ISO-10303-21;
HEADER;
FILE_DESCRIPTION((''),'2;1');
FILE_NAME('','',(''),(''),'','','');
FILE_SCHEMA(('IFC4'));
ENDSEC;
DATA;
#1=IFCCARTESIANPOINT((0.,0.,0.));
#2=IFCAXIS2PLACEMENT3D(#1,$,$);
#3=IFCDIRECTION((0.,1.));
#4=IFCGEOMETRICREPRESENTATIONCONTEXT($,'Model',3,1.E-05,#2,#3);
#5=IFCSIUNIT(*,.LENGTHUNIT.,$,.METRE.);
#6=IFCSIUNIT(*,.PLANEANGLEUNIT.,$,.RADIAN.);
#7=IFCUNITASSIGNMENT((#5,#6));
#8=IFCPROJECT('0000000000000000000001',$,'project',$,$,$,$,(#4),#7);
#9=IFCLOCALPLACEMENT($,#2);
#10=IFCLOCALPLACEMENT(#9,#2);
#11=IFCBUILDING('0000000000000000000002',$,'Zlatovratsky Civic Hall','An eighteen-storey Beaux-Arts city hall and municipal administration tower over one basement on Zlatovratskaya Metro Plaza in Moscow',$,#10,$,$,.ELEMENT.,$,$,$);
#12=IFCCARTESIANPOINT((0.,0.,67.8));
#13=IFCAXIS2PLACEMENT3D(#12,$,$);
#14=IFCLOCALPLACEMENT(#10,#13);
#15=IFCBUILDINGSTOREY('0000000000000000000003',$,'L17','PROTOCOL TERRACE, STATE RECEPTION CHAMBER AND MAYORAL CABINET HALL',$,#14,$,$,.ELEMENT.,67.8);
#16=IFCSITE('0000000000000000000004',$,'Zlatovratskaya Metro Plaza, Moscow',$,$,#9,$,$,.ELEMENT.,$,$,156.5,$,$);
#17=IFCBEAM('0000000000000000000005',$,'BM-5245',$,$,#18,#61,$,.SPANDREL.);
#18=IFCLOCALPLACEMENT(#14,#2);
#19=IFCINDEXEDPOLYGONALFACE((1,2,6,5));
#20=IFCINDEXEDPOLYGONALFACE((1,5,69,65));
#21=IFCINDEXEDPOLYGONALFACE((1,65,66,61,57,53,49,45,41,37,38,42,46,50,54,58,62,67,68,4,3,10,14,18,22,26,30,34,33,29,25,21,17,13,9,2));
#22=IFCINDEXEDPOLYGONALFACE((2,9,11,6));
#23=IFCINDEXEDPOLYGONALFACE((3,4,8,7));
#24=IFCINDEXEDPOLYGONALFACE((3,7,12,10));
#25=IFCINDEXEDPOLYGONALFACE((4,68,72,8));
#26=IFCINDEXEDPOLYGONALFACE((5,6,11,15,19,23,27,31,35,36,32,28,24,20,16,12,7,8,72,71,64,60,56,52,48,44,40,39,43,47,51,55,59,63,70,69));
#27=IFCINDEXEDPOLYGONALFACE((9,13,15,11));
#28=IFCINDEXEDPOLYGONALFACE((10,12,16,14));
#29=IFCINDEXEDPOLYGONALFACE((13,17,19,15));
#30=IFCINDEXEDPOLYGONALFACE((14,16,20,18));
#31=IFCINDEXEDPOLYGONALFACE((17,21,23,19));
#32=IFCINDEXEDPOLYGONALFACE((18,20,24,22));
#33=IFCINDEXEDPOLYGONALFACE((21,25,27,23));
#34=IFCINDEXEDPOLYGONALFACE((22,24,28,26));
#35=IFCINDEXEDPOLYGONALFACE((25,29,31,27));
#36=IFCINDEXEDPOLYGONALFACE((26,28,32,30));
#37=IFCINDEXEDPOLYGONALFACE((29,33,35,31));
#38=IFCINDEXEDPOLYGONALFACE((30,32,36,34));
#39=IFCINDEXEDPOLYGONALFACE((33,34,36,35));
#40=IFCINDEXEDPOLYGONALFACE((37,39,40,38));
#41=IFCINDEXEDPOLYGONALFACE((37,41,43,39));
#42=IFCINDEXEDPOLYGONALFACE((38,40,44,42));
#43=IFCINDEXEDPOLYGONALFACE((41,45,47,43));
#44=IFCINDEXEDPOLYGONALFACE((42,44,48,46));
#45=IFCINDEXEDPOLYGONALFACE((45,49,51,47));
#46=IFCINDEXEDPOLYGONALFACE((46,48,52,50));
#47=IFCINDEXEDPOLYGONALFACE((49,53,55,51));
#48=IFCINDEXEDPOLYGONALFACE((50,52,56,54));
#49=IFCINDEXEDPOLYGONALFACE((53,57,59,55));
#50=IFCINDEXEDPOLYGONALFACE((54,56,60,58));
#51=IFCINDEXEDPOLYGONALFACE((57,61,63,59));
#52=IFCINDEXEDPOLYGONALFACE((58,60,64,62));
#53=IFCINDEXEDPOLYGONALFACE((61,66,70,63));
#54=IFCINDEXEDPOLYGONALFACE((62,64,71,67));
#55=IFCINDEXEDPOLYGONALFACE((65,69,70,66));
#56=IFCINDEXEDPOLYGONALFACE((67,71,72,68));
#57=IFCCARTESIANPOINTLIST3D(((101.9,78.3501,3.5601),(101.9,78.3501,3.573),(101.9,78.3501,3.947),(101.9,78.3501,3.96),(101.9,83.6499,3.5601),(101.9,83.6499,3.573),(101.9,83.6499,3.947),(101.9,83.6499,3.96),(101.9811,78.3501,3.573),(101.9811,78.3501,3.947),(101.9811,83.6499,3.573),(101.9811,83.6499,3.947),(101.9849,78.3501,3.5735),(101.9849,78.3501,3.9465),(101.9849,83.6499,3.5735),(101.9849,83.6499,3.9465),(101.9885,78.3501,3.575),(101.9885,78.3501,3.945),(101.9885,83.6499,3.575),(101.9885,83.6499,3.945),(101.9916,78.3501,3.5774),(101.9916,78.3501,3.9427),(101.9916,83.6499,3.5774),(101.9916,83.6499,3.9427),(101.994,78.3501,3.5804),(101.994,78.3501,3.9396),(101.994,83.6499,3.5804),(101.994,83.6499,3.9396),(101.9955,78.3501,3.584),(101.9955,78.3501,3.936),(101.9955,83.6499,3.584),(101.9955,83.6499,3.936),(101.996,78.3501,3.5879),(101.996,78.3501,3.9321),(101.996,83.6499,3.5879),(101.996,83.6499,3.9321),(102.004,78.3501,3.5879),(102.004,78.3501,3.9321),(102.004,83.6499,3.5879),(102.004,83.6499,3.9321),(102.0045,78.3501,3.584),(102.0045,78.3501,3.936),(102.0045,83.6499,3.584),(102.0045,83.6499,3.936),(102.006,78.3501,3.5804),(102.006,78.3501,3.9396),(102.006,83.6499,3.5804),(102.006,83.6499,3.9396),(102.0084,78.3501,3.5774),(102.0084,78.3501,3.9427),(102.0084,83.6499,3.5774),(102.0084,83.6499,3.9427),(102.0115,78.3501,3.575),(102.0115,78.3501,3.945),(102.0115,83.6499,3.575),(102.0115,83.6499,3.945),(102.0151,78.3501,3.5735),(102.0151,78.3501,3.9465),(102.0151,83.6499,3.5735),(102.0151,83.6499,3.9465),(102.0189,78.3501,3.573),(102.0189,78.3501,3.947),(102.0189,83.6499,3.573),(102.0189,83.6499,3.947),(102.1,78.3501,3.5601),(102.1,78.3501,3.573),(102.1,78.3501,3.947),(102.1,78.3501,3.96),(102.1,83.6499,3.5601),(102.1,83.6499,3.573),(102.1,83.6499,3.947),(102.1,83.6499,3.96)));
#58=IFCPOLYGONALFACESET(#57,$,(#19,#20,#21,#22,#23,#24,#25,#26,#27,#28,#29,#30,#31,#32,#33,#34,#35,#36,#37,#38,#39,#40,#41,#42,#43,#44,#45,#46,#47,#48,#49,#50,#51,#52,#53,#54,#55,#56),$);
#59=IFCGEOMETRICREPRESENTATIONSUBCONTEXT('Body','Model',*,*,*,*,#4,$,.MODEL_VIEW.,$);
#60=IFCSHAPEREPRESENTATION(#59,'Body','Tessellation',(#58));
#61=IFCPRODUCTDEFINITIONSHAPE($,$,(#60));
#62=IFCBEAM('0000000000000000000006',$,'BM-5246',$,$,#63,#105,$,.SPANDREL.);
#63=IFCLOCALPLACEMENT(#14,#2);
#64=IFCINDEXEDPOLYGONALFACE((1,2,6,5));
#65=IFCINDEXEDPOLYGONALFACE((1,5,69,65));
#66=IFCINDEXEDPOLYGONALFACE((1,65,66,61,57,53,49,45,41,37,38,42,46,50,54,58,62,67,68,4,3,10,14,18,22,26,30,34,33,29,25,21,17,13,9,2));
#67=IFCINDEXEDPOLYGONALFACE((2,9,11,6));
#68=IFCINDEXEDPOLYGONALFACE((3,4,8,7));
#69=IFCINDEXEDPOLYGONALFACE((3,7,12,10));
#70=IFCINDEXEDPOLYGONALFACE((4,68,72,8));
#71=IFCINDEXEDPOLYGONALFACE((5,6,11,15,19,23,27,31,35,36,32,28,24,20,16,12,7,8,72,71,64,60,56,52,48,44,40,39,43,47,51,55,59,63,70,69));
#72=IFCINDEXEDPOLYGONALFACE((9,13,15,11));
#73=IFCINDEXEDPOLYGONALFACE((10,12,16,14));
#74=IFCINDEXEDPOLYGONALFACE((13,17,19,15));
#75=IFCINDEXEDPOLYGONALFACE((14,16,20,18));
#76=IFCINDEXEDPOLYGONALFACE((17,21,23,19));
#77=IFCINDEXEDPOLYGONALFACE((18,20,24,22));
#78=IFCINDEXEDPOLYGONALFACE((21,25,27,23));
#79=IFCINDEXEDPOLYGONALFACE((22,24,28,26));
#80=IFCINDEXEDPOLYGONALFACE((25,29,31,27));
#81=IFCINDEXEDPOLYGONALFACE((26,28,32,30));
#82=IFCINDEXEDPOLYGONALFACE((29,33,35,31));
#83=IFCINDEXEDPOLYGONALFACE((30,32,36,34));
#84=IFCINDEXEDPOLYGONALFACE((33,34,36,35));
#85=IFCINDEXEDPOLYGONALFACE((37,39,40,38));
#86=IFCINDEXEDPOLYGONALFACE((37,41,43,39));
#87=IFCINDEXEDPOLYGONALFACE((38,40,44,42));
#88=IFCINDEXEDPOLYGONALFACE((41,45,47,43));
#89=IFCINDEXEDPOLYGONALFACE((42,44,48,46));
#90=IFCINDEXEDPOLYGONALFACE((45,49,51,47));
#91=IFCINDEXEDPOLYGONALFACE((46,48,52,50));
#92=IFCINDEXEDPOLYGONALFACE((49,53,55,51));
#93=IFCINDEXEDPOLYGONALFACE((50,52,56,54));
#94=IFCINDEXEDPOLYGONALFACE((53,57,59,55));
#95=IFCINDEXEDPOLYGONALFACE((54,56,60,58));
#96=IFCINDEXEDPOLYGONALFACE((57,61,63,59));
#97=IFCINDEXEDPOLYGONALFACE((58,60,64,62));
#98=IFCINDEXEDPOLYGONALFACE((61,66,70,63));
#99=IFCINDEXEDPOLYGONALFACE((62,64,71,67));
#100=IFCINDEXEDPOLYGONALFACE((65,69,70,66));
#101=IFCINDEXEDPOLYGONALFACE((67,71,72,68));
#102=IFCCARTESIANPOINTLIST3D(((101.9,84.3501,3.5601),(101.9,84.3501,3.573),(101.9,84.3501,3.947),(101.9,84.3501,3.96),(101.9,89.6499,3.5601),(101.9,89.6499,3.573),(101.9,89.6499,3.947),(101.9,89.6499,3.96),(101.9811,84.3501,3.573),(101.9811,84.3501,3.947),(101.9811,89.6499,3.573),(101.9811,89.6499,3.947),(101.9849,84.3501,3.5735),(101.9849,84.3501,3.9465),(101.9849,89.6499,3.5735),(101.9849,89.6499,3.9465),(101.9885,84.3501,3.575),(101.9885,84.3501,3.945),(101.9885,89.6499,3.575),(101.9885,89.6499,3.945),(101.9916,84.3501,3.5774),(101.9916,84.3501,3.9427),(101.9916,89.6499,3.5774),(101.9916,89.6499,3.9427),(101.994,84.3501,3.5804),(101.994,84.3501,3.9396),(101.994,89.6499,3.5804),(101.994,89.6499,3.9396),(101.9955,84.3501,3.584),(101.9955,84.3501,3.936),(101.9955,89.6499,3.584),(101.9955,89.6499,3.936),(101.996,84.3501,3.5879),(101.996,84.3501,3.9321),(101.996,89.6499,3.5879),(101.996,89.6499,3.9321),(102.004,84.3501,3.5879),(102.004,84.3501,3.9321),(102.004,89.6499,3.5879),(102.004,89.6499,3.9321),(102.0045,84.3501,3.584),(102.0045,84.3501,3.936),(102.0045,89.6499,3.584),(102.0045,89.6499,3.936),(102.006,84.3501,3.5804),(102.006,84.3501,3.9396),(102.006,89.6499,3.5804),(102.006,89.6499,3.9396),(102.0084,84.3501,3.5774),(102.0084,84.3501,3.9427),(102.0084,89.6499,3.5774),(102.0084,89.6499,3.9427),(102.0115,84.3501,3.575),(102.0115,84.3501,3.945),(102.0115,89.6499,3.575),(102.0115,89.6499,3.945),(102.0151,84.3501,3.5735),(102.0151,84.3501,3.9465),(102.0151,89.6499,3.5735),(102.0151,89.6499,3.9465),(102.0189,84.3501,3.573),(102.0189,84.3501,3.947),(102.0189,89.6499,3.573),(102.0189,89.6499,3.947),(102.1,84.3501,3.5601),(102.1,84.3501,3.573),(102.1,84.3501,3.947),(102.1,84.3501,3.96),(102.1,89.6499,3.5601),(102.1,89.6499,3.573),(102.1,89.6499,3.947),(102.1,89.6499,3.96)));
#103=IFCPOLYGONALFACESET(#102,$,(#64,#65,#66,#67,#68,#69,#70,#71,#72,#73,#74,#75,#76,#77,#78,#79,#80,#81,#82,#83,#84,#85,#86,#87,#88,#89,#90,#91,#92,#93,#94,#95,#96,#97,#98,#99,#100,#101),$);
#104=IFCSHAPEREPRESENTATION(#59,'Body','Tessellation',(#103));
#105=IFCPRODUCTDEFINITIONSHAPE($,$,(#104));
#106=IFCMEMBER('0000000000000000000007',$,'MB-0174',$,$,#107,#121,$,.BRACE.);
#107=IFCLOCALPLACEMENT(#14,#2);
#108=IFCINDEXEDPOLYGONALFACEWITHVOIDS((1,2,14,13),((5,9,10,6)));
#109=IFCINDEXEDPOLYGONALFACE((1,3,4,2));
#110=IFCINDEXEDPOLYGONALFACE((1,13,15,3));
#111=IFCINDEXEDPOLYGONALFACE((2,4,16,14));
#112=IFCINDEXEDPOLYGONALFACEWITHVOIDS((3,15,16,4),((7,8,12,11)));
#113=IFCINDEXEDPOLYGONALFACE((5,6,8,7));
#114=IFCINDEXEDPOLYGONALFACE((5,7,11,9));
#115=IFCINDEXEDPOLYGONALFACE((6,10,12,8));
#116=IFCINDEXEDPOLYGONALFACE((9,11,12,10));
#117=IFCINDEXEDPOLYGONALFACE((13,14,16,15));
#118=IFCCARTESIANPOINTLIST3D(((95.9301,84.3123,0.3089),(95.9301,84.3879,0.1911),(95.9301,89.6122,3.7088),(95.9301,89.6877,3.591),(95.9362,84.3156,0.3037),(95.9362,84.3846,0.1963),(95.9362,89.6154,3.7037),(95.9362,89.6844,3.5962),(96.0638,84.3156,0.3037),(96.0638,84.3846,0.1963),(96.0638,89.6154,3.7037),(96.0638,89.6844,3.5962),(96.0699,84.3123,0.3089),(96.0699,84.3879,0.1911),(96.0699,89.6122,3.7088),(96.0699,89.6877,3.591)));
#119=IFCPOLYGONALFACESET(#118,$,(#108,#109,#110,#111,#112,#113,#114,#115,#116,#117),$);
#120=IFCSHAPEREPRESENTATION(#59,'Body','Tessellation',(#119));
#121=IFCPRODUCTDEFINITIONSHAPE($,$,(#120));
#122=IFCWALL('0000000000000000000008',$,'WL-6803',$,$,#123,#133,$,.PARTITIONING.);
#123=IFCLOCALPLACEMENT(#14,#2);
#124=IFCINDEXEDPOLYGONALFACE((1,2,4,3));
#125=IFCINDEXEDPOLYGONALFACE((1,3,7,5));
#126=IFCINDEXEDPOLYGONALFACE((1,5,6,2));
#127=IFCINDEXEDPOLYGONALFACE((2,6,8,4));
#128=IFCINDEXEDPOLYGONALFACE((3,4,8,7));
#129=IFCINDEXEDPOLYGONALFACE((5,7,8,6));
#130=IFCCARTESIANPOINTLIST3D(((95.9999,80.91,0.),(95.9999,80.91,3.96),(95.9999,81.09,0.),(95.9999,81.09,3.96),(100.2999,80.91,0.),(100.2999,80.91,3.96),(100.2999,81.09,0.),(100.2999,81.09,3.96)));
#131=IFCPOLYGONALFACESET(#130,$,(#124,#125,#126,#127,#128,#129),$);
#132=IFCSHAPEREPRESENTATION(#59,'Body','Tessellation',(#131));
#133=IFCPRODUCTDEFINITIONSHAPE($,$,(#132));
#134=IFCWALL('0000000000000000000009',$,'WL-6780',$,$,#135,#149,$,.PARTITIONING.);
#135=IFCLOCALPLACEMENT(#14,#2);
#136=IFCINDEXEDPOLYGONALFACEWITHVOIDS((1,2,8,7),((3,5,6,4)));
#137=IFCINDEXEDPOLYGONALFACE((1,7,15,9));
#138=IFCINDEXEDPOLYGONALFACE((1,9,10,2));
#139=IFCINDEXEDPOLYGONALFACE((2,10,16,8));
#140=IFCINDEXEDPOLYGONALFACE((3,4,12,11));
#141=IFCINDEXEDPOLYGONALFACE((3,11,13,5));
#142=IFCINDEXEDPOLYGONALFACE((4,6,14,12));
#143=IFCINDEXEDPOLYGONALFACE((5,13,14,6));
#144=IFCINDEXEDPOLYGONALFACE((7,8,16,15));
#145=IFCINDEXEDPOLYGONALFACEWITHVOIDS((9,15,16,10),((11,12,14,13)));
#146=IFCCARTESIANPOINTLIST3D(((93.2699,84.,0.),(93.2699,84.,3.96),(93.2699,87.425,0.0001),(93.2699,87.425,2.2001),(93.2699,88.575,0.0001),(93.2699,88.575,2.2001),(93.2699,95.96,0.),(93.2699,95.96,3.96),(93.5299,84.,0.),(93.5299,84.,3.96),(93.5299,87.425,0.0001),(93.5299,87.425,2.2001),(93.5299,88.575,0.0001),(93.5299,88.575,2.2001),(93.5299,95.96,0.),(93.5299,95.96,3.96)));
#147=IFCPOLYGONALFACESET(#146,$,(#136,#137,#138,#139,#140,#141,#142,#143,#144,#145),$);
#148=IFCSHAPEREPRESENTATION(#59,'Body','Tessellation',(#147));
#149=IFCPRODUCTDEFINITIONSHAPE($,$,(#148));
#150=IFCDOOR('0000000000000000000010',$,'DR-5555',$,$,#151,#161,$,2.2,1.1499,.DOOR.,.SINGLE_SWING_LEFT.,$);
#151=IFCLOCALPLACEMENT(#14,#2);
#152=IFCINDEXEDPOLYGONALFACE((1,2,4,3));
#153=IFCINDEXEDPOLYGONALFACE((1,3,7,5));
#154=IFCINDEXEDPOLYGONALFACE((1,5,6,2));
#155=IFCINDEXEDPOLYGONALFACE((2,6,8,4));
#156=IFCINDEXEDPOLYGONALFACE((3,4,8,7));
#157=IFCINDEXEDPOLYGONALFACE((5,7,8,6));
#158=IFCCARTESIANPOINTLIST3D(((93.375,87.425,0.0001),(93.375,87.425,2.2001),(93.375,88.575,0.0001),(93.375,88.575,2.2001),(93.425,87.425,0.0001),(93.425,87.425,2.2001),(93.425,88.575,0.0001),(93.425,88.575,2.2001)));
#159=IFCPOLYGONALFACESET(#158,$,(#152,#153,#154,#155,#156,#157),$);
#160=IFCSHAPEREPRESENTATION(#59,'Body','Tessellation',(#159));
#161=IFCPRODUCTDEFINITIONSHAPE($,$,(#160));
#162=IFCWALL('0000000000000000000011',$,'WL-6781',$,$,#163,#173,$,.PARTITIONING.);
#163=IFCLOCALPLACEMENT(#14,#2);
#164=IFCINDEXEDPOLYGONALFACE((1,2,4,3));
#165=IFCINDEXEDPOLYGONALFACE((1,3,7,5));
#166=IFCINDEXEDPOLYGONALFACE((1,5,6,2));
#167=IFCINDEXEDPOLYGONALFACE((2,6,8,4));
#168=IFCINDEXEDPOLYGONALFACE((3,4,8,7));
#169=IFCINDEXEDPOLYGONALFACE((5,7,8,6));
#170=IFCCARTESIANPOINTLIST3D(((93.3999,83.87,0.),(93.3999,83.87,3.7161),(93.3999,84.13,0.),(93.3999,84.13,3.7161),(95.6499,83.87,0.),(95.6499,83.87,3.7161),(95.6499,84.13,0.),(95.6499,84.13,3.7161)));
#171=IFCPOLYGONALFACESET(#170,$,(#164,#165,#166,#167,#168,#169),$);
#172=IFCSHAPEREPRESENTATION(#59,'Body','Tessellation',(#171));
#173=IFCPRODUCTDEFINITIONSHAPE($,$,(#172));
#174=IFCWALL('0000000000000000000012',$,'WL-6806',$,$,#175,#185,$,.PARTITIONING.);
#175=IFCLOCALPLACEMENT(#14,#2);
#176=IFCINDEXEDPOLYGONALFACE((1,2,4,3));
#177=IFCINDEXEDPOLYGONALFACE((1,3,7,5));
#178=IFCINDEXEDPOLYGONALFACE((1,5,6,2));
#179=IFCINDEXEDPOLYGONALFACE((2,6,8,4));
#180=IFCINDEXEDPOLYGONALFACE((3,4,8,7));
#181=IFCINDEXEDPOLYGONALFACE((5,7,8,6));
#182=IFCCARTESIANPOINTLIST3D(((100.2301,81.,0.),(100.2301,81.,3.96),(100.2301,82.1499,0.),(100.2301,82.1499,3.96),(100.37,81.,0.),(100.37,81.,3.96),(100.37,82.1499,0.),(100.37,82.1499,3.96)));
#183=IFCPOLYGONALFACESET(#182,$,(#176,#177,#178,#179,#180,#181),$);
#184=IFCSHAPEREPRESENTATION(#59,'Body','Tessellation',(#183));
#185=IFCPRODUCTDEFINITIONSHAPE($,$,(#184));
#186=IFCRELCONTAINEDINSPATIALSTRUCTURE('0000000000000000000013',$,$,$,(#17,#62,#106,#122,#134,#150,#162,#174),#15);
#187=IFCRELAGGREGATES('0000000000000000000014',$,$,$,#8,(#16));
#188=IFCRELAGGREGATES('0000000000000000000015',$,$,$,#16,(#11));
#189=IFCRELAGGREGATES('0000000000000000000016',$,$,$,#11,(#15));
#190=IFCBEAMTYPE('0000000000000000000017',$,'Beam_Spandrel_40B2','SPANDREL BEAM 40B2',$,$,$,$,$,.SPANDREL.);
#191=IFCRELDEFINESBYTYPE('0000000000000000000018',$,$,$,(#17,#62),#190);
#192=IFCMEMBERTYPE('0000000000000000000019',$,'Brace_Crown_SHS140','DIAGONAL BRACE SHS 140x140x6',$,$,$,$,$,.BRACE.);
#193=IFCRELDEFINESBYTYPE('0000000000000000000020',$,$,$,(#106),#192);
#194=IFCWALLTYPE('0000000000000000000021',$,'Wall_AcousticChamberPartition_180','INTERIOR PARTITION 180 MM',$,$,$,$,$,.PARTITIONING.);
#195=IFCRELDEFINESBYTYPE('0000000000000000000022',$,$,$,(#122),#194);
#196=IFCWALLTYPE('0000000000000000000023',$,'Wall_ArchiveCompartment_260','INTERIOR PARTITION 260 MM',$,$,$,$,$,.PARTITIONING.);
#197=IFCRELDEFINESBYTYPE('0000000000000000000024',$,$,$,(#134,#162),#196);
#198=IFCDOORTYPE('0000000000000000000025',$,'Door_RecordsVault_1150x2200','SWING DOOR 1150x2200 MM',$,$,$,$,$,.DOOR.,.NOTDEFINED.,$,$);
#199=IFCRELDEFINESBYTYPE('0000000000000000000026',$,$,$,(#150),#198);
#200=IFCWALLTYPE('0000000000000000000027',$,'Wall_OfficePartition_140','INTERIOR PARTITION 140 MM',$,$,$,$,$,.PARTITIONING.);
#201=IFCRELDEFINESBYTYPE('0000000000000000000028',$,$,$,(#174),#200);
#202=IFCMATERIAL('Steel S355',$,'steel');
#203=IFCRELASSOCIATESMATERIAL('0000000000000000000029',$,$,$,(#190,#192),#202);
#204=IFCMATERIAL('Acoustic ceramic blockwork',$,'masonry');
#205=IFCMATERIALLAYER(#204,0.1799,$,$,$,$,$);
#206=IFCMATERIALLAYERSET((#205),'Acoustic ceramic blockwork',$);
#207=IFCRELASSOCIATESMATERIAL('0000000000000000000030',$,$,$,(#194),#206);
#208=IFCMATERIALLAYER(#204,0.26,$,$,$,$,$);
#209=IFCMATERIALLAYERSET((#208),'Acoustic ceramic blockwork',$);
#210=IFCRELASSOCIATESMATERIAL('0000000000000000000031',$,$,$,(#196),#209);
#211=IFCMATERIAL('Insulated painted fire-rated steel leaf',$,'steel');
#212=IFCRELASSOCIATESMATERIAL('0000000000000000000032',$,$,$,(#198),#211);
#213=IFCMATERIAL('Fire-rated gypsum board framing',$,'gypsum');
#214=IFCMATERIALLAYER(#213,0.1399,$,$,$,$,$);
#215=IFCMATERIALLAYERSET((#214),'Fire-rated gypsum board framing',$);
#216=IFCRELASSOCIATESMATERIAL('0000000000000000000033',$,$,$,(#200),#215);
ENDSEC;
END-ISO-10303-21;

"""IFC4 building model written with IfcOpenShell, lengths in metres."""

from ifc_helpers import new_model, si_unit, direction, frame, frame_2d, origin, origin_2d, place, context, subcontext, project, spatial, rectangle, hollow_rectangle, i_section, extrude, material, layer, layer_set, material_profile, profile_set, type_object, element, fill, save


model = new_model("IFC4")

# Units and contexts
model_context = context("Model", 3, precision=1e-05, world=origin(), true_north=direction((0.0, 1.0)))
body_context = subcontext(model_context, "Body", "Model", "MODEL_VIEW")
ifc_project = project(units=[si_unit("LENGTHUNIT", "METRE"), si_unit("PLANEANGLEUNIT", "RADIAN")], contexts=[model_context])

# Site, building, storey
site_placement = place(None, origin())
site = spatial("IfcSite", under=ifc_project, at=site_placement, Name="Zlatovratskaya Metro Plaza, Moscow", CompositionType="ELEMENT", RefElevation=156.5)
building_placement = place(site_placement, origin())
building = spatial("IfcBuilding", under=site, at=building_placement, Name="Zlatovratsky Civic Hall", Description="An eighteen-storey Beaux-Arts city hall and municipal administration tower over one basement on Zlatovratskaya Metro Plaza in Moscow", CompositionType="ELEMENT")
storey_placement = place(building_placement, frame((0.0, 0.0, 67.8)))
storey = spatial("IfcBuildingStorey", under=building, at=storey_placement, Name="L17", Description="PROTOCOL TERRACE, STATE RECEPTION CHAMBER AND MAYORAL CABINET HALL", CompositionType="ELEMENT", Elevation=67.8)

# Beams
ifc_material_1 = material(Name="Steel S355", Category="steel")
ifc_material_profile_1 = material_profile(ifc_material_1, i_section(OverallWidth=0.2, OverallDepth=0.3999, WebThickness=0.0081, FlangeThickness=0.0129, FilletRadius=0.0149, at=origin_2d()), Name="40B2")
ifc_profile_set_1 = profile_set([ifc_material_profile_1], Name="Steel S355")
beam_type_1 = type_object("IfcBeamType", Name="Beam_Spandrel_40B2", Description="SPANDREL BEAM 40B2", PredefinedType="SPANDREL", material=ifc_profile_set_1)
for number, where, z_axis, x_axis, name in (
    (1, (102.0, 78.3501, 3.76), (0.0, 1.0, 0.0), (-1.0, 0.0, 0.0), "BM-5245"),
    (2, (102.0, 84.3501, 3.76), (0.0, 1.0, 0.0), (-1.0, 0.0, 0.0), "BM-5246"),
):
    element("IfcBeam", number, at=place(storey_placement, frame(where, z_axis=z_axis, x_axis=x_axis)), inside=storey, type_object=beam_type_1, Name=name, PredefinedType="SPANDREL", context=body_context, shape_type="SweptSolid", body=[
        extrude(i_section(OverallWidth=0.2, OverallDepth=0.3999, WebThickness=0.0081, FlangeThickness=0.0129, FilletRadius=0.0149, at=origin_2d()), origin(), (0.0, 0.0, 1.0), 5.2998),
    ])

# Member
ifc_material_profile_2 = material_profile(ifc_material_1, hollow_rectangle(XDim=0.1399, YDim=0.1399, WallThickness=0.0061, at=origin_2d()), Name="SHS 140x140x6")
ifc_profile_set_2 = profile_set([ifc_material_profile_2], Name="Steel S355")
member_type = type_object("IfcMemberType", Name="Brace_Crown_SHS140", Description="DIAGONAL BRACE SHS 140x140x6", PredefinedType="BRACE", material=ifc_profile_set_2)
member_placement = place(storey_placement, frame((96.0, 84.3501, 0.25), z_axis=(0.0, 0.841692, 0.539958), x_axis=(-1.0, 0.0, 0.0)))
element("IfcMember", 3, at=member_placement, inside=storey, type_object=member_type, Name="MB-0174", PredefinedType="BRACE", context=body_context, shape_type="SweptSolid", body=[
    extrude(hollow_rectangle(XDim=0.1399, YDim=0.1399, WallThickness=0.0061, at=origin_2d()), origin(), (0.0, 0.0, 1.0), 6.2966),
])

# Wall
ifc_material_2 = material(Name="Acoustic ceramic blockwork", Category="masonry")
ifc_layer_1 = layer(ifc_material_2, 0.1799)
ifc_layer_set_1 = layer_set([ifc_layer_1], Name="Acoustic ceramic blockwork")
wall_type_1 = type_object("IfcWallType", Name="Wall_AcousticChamberPartition_180", Description="INTERIOR PARTITION 180 MM", PredefinedType="PARTITIONING", material=ifc_layer_set_1)
wall_1_placement = place(storey_placement, frame((96.0, 81.0, 0.0), z_axis=(0.0, 0.0, 1.0), x_axis=(1.0, 0.0, 0.0)))
element("IfcWall", 4, at=wall_1_placement, inside=storey, type_object=wall_type_1, Name="WL-6803", PredefinedType="PARTITIONING", context=body_context, shape_type="SweptSolid", body=[
    extrude(rectangle(XDim=4.3, YDim=0.1799, at=frame_2d((2.1499, 0.0))), origin(), (0.0, 0.0, 1.0), 3.96),
])

# Wall, opening, door
ifc_layer_2 = layer(ifc_material_2, 0.26)
ifc_layer_set_2 = layer_set([ifc_layer_2], Name="Acoustic ceramic blockwork")
wall_type_2 = type_object("IfcWallType", Name="Wall_ArchiveCompartment_260", Description="INTERIOR PARTITION 260 MM", PredefinedType="PARTITIONING", material=ifc_layer_set_2)
wall_2_placement = place(storey_placement, frame((93.3999, 84.0, 0.0), z_axis=(0.0, 0.0, 1.0), x_axis=(0.0, 1.0, 0.0)))
wall_2 = element("IfcWall", 5, at=wall_2_placement, inside=storey, type_object=wall_type_2, Name="WL-6780", PredefinedType="PARTITIONING", context=body_context, shape_type="SweptSolid", body=[
    extrude(rectangle(XDim=11.96, YDim=0.26, at=frame_2d((5.98, 0.0))), origin(), (0.0, 0.0, 1.0), 3.96),
])
opening_1_placement = place(wall_2_placement, frame((3.425, 0.0, 0.0)))
opening_1 = element("IfcOpeningElement", 6, at=opening_1_placement, cuts=wall_2, PredefinedType="OPENING", context=body_context, shape_type="SweptSolid", body=[
    extrude(rectangle(XDim=1.1499, YDim=2.2, at=frame_2d((0.575, 1.1001))), frame((0.0, 0.145, 0.0), z_axis=(0.0, -1.0, 0.0), x_axis=(1.0, 0.0, 0.0)), (0.0, 0.0, 1.0), 0.2898),
])
ifc_material_3 = material(Name="Insulated painted fire-rated steel leaf", Category="steel")
door_type_1 = type_object("IfcDoorType", Name="Door_RecordsVault_1150x2200", Description="SWING DOOR 1150x2200 MM", OperationType="NOTDEFINED", PredefinedType="DOOR", material=ifc_material_3)
door_1_placement = place(opening_1_placement, origin())
door_1 = element("IfcDoor", 7, at=door_1_placement, inside=storey, type_object=door_type_1, Name="DR-5555", OperationType="SINGLE_SWING_LEFT", OverallHeight=2.2, OverallWidth=1.1499, PredefinedType="DOOR", context=body_context, shape_type="SweptSolid", body=[
    extrude(rectangle(XDim=1.1499, YDim=2.2, at=frame_2d((0.575, 1.1001))), frame((0.0, 0.0249, 0.0), z_axis=(0.0, -1.0, 0.0), x_axis=(1.0, 0.0, 0.0)), (0.0, 0.0, 1.0), 0.05),
])
fill(opening_1, door_1)

# Walls
wall_3_placement = place(storey_placement, frame((93.3999, 84.0, 0.0), z_axis=(0.0, 0.0, 1.0), x_axis=(1.0, 0.0, 0.0)))
element("IfcWall", 8, at=wall_3_placement, inside=storey, type_object=wall_type_2, Name="WL-6781", PredefinedType="PARTITIONING", context=body_context, shape_type="SweptSolid", body=[
    extrude(rectangle(XDim=2.25, YDim=0.26, at=frame_2d((1.125, 0.0))), origin(), (0.0, 0.0, 1.0), 3.7161),
])
ifc_material_4 = material(Name="Fire-rated gypsum board framing", Category="gypsum")
ifc_layer_3 = layer(ifc_material_4, 0.1399)
ifc_layer_set_3 = layer_set([ifc_layer_3], Name="Fire-rated gypsum board framing")
wall_type_3 = type_object("IfcWallType", Name="Wall_OfficePartition_140", Description="INTERIOR PARTITION 140 MM", PredefinedType="PARTITIONING", material=ifc_layer_set_3)
wall_4_placement = place(storey_placement, frame((100.3, 81.0, 0.0), z_axis=(0.0, 0.0, 1.0), x_axis=(0.0, 1.0, 0.0)))
element("IfcWall", 9, at=wall_4_placement, inside=storey, type_object=wall_type_3, Name="WL-6806", PredefinedType="PARTITIONING", context=body_context, shape_type="SweptSolid", body=[
    extrude(rectangle(XDim=1.1499, YDim=0.1399, at=frame_2d((0.575, 0.0))), origin(), (0.0, 0.0, 1.0), 3.96),
])

save(model, "model.ifc")
